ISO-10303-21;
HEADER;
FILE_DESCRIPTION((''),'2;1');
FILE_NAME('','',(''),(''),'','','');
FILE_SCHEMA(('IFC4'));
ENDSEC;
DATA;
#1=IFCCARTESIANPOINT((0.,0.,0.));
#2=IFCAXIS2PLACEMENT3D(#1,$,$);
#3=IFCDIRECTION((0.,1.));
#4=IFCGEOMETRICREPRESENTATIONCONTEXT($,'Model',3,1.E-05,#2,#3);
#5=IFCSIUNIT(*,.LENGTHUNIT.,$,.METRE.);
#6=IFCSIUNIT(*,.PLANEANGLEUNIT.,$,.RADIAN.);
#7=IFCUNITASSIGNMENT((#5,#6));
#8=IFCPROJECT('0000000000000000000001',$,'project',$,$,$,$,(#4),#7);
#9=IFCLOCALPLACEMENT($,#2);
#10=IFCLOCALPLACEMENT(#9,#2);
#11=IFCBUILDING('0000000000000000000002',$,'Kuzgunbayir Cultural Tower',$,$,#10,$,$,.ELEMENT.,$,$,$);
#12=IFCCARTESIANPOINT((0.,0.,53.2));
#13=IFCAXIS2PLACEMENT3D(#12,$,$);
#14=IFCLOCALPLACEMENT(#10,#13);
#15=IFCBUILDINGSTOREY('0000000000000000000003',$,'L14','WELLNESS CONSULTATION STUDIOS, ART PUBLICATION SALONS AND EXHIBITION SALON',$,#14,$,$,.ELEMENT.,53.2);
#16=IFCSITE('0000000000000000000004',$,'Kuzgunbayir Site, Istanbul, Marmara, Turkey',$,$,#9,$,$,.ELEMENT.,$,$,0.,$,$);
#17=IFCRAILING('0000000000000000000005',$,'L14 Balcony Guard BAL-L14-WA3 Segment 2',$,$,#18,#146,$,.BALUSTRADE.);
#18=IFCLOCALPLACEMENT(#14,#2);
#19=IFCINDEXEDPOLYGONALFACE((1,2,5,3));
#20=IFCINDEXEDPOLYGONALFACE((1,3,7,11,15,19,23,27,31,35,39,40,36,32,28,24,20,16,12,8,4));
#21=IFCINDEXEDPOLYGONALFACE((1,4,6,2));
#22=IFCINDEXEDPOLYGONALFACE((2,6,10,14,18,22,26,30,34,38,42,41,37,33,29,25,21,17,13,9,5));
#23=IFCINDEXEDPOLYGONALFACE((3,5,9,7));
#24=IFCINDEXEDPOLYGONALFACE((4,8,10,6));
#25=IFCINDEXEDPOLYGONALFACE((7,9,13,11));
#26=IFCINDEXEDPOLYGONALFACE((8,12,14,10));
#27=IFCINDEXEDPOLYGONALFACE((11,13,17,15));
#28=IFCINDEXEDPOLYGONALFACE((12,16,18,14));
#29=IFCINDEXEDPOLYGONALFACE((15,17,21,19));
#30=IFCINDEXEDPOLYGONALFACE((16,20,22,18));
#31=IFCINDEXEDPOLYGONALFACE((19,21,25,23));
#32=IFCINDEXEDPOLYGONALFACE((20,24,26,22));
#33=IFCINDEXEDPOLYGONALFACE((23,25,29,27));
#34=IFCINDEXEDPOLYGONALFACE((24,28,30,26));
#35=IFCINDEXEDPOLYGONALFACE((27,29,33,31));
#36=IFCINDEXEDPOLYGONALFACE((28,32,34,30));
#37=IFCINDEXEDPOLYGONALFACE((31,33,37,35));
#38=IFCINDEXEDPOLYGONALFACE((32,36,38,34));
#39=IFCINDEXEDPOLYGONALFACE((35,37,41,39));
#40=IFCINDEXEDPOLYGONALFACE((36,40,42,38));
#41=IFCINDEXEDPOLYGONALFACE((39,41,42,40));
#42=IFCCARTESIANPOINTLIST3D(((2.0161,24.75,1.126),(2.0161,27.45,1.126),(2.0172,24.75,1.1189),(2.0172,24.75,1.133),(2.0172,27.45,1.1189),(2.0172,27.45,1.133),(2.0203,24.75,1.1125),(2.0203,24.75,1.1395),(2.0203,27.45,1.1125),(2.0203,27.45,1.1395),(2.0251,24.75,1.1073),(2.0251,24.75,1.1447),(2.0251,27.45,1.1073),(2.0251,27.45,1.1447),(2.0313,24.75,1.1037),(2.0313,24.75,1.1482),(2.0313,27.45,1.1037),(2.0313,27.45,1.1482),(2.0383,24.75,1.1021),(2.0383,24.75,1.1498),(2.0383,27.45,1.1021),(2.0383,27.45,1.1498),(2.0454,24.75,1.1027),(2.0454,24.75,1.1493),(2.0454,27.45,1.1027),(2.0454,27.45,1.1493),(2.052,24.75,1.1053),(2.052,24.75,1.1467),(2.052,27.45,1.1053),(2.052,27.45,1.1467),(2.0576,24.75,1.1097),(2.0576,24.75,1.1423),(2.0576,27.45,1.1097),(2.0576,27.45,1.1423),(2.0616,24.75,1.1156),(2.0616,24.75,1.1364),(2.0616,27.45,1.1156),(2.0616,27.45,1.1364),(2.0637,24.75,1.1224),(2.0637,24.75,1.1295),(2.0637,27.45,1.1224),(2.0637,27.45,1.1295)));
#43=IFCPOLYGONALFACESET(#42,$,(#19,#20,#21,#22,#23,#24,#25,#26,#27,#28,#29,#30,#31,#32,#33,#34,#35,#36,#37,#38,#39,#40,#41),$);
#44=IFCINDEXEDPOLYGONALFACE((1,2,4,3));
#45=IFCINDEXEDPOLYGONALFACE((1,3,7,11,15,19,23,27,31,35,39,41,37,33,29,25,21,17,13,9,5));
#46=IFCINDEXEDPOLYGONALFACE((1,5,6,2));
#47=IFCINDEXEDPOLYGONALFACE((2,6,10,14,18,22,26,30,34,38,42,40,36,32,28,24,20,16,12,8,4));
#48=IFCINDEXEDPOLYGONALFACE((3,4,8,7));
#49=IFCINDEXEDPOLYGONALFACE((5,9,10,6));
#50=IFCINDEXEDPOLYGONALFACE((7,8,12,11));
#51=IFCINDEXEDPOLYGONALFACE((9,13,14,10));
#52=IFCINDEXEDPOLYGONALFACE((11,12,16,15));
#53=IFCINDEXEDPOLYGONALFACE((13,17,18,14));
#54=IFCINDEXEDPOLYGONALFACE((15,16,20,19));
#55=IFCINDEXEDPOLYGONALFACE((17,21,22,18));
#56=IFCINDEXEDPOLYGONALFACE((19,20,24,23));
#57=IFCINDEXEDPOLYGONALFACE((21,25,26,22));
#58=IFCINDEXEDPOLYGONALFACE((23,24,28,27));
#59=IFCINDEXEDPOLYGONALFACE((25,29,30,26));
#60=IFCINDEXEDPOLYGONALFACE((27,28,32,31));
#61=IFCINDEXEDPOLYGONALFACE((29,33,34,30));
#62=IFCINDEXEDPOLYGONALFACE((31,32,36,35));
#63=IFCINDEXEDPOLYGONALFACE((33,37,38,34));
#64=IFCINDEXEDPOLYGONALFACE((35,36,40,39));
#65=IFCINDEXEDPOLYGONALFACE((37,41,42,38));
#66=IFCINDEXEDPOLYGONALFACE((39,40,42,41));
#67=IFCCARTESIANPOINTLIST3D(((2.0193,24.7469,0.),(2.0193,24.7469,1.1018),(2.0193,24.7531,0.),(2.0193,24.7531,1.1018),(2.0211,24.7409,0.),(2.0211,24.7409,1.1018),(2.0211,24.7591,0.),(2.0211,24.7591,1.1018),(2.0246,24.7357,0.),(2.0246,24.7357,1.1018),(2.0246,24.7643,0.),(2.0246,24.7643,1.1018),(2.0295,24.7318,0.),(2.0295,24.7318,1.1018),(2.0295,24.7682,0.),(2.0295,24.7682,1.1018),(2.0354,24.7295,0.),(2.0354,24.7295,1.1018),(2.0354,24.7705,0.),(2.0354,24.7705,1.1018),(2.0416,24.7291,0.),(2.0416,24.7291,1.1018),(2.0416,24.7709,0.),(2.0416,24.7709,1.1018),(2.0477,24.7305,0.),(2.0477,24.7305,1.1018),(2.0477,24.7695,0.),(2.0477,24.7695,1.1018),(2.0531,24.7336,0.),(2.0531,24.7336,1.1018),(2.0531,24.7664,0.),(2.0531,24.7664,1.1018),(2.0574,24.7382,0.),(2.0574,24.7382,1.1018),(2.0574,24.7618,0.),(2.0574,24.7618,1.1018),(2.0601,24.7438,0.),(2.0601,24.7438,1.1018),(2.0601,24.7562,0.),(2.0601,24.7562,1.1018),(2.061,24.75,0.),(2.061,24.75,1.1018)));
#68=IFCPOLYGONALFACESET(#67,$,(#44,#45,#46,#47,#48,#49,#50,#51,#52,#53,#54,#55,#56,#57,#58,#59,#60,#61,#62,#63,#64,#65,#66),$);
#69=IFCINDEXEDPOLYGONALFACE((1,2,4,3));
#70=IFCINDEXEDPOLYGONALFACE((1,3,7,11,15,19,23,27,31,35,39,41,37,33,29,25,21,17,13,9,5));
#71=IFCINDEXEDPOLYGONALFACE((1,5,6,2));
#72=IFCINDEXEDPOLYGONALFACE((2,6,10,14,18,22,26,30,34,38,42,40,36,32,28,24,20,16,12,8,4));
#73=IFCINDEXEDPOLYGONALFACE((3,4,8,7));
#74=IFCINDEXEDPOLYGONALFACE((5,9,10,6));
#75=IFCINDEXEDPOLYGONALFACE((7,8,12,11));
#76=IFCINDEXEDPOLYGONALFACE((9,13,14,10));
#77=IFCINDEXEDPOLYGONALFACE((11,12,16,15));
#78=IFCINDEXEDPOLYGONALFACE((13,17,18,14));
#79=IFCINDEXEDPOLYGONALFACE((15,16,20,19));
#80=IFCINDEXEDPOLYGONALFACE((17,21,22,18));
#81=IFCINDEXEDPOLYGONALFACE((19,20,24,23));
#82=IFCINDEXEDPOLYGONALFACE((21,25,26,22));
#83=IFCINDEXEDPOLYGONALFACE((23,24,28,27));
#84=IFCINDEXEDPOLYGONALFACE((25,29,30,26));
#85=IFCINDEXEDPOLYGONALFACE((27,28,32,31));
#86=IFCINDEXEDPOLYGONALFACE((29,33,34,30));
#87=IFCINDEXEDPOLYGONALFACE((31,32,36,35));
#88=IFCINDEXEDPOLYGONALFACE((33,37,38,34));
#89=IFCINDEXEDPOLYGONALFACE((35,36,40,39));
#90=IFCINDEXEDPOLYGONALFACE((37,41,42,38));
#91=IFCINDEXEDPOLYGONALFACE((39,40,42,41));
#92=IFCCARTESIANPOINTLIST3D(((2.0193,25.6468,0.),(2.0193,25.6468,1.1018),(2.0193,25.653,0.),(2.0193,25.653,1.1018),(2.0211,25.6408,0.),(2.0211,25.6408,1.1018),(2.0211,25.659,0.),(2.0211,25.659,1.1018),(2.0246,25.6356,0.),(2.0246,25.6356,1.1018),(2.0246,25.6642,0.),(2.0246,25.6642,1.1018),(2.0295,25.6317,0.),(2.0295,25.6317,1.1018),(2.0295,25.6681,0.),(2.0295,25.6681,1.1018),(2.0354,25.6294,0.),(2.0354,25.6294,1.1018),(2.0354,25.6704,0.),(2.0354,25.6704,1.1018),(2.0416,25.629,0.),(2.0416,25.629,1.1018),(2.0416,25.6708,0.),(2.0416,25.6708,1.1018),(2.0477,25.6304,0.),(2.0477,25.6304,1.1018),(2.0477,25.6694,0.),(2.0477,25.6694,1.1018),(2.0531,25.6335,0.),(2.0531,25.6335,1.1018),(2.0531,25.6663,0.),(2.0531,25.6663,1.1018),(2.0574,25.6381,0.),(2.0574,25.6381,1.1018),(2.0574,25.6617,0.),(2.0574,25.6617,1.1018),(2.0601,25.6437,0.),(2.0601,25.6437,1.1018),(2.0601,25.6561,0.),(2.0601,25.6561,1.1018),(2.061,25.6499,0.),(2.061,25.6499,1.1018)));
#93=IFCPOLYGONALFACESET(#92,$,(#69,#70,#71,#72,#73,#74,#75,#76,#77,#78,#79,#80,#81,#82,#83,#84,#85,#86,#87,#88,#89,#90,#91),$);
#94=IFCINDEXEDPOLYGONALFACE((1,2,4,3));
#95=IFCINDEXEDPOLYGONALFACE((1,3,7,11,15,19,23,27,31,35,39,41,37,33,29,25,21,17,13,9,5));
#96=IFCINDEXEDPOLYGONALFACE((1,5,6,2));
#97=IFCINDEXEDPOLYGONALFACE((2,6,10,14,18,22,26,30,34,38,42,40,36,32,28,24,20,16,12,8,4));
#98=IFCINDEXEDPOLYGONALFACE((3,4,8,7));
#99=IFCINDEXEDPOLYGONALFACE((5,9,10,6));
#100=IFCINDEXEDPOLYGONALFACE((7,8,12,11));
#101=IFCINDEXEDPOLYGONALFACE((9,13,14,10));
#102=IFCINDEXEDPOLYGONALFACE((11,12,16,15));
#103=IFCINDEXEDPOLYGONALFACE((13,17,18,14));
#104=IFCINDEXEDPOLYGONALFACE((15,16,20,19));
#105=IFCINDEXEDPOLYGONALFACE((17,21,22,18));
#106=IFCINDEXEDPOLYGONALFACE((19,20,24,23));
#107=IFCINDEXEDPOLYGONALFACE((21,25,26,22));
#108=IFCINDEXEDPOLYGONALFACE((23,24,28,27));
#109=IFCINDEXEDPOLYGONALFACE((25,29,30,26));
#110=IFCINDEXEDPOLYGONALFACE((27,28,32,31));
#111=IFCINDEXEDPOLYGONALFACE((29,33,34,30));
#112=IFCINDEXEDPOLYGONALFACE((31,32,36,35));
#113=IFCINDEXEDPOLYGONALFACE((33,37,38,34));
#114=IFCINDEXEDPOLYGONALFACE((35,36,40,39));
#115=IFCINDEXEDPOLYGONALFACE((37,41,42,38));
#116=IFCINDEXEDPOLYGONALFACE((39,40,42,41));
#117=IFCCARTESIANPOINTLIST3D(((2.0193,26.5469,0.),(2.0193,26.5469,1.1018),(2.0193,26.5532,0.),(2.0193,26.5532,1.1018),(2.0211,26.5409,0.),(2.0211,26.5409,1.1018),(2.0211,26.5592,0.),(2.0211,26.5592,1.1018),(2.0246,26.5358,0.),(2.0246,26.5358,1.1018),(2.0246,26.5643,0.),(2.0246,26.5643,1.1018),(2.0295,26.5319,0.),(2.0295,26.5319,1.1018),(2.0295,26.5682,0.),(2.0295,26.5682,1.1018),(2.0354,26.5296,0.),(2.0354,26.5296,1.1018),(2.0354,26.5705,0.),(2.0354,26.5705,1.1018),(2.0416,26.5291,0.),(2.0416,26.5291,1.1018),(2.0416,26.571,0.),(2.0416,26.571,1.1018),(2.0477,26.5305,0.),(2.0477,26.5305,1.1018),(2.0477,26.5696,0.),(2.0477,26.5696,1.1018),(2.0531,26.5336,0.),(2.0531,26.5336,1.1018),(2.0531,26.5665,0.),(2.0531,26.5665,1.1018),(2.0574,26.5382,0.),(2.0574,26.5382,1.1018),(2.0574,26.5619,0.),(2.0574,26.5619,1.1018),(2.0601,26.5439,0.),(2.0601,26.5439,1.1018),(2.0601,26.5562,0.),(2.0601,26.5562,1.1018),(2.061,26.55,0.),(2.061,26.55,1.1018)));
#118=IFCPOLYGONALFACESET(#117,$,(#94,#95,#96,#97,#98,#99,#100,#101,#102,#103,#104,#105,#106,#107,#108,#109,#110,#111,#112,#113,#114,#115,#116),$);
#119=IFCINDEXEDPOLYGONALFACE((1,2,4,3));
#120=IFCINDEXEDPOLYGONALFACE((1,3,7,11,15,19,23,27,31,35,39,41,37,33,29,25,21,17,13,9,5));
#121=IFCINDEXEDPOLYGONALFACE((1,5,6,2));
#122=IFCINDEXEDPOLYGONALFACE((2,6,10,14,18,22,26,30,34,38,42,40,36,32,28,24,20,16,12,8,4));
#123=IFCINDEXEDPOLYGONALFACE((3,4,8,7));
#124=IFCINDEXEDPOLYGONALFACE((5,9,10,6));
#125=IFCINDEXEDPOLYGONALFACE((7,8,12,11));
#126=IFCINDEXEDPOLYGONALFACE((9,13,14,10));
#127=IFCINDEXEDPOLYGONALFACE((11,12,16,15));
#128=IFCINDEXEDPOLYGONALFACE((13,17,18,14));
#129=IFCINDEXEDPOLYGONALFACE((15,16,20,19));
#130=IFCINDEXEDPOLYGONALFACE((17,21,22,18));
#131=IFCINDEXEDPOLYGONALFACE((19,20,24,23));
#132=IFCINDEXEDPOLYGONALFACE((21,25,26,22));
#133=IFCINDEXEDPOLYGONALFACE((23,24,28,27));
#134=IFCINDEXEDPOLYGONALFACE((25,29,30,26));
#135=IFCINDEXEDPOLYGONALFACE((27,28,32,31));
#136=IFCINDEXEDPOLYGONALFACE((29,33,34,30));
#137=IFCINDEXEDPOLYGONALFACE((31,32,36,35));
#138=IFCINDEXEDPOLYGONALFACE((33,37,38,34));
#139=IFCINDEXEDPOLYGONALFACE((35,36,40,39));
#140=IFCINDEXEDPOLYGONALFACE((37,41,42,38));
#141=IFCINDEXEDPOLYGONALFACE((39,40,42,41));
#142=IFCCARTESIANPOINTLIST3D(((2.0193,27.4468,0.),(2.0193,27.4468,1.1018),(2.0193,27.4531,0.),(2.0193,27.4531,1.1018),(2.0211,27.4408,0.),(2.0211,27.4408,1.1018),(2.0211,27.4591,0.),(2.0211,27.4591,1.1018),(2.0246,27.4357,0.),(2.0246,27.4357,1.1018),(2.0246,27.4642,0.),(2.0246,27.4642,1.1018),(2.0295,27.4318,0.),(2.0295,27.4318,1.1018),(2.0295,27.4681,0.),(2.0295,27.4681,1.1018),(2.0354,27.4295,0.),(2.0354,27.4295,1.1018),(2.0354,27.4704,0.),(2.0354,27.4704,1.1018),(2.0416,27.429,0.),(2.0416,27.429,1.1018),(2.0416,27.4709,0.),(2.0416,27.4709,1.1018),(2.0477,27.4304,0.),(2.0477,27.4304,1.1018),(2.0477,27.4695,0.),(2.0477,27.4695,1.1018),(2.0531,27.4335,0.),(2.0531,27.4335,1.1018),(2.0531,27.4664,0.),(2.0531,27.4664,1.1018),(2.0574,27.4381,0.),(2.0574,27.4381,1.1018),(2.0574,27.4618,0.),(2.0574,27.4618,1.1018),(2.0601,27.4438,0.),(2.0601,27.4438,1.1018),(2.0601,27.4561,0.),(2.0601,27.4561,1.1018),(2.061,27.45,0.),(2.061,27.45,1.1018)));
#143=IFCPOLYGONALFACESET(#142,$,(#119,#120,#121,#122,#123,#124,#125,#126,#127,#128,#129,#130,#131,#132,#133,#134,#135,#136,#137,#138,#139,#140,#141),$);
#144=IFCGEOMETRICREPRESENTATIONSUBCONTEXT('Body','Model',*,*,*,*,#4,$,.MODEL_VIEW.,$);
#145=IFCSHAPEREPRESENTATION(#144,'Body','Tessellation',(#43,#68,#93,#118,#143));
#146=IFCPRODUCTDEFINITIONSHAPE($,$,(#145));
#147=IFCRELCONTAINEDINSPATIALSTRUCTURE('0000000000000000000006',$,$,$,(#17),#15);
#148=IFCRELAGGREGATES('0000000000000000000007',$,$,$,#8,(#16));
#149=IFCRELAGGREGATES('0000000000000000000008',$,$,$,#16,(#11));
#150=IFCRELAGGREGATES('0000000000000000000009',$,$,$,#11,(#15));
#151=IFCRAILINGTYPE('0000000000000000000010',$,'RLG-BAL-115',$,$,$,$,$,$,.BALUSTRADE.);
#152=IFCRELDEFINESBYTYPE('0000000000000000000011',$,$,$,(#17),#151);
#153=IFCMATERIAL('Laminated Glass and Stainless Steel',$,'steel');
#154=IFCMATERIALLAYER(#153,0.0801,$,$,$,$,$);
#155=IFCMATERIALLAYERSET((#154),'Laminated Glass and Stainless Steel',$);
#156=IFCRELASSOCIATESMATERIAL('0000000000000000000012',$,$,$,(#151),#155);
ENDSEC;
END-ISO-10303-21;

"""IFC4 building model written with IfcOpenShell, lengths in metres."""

from ifc_helpers import new_model, si_unit, direction, frame, origin, origin_2d, place, context, subcontext, project, spatial, circle, extrude, material, layer, layer_set, type_object, element, save


model = new_model("IFC4")

# Units and contexts
model_context = context("Model", 3, precision=1e-05, world=origin(), true_north=direction((0.0, 1.0)))
body_context = subcontext(model_context, "Body", "Model", "MODEL_VIEW")
ifc_project = project(units=[si_unit("LENGTHUNIT", "METRE"), si_unit("PLANEANGLEUNIT", "RADIAN")], contexts=[model_context])

# Site, building, storey
site_placement = place(None, origin())
site = spatial("IfcSite", under=ifc_project, at=site_placement, Name="Kuzgunbayir Site, Istanbul, Marmara, Turkey", CompositionType="ELEMENT", RefElevation=0.0)
building_placement = place(site_placement, origin())
building = spatial("IfcBuilding", under=site, at=building_placement, Name="Kuzgunbayir Cultural Tower", CompositionType="ELEMENT")
storey_placement = place(building_placement, frame((0.0, 0.0, 53.2)))
storey = spatial("IfcBuildingStorey", under=building, at=storey_placement, Name="L14", Description="WELLNESS CONSULTATION STUDIOS, ART PUBLICATION SALONS AND EXHIBITION SALON", CompositionType="ELEMENT", Elevation=53.2)

# Railing
ifc_material_1 = material(Name="Laminated Glass and Stainless Steel", Category="steel")
ifc_layer_1 = layer(ifc_material_1, 0.0801)
ifc_layer_set_1 = layer_set([ifc_layer_1], Name="Laminated Glass and Stainless Steel")
railing_type = type_object("IfcRailingType", Name="RLG-BAL-115", PredefinedType="BALUSTRADE", material=ifc_layer_set_1)
railing_1_placement = place(storey_placement, frame((2.04, 24.75, 0.0)))
element("IfcRailing", 1, at=railing_1_placement, inside=storey, type_object=railing_type, Name="L14 Balcony Guard BAL-L14-WA3 Segment 2", PredefinedType="BALUSTRADE", context=body_context, shape_type="SweptSolid", body=[
    extrude(circle(Radius=0.0239, at=origin_2d()), frame((0.0, 0.0, 1.126), z_axis=(0.0, 1.0, 0.0), x_axis=(-1.0, 0.0, 0.0)), (0.0, 0.0, 1.0), 2.7),
    extrude(circle(Radius=0.021, at=origin_2d()), origin(), (0.0, 0.0, 1.0), 1.1018),
    extrude(circle(Radius=0.021, at=origin_2d()), frame((0.0, 0.8999, 0.0)), (0.0, 0.0, 1.0), 1.1018),
    extrude(circle(Radius=0.021, at=origin_2d()), frame((0.0, 1.8, 0.0)), (0.0, 0.0, 1.0), 1.1018),
    extrude(circle(Radius=0.021, at=origin_2d()), frame((0.0, 2.7, 0.0)), (0.0, 0.0, 1.0), 1.1018),
])

save(model, "model.ifc")
